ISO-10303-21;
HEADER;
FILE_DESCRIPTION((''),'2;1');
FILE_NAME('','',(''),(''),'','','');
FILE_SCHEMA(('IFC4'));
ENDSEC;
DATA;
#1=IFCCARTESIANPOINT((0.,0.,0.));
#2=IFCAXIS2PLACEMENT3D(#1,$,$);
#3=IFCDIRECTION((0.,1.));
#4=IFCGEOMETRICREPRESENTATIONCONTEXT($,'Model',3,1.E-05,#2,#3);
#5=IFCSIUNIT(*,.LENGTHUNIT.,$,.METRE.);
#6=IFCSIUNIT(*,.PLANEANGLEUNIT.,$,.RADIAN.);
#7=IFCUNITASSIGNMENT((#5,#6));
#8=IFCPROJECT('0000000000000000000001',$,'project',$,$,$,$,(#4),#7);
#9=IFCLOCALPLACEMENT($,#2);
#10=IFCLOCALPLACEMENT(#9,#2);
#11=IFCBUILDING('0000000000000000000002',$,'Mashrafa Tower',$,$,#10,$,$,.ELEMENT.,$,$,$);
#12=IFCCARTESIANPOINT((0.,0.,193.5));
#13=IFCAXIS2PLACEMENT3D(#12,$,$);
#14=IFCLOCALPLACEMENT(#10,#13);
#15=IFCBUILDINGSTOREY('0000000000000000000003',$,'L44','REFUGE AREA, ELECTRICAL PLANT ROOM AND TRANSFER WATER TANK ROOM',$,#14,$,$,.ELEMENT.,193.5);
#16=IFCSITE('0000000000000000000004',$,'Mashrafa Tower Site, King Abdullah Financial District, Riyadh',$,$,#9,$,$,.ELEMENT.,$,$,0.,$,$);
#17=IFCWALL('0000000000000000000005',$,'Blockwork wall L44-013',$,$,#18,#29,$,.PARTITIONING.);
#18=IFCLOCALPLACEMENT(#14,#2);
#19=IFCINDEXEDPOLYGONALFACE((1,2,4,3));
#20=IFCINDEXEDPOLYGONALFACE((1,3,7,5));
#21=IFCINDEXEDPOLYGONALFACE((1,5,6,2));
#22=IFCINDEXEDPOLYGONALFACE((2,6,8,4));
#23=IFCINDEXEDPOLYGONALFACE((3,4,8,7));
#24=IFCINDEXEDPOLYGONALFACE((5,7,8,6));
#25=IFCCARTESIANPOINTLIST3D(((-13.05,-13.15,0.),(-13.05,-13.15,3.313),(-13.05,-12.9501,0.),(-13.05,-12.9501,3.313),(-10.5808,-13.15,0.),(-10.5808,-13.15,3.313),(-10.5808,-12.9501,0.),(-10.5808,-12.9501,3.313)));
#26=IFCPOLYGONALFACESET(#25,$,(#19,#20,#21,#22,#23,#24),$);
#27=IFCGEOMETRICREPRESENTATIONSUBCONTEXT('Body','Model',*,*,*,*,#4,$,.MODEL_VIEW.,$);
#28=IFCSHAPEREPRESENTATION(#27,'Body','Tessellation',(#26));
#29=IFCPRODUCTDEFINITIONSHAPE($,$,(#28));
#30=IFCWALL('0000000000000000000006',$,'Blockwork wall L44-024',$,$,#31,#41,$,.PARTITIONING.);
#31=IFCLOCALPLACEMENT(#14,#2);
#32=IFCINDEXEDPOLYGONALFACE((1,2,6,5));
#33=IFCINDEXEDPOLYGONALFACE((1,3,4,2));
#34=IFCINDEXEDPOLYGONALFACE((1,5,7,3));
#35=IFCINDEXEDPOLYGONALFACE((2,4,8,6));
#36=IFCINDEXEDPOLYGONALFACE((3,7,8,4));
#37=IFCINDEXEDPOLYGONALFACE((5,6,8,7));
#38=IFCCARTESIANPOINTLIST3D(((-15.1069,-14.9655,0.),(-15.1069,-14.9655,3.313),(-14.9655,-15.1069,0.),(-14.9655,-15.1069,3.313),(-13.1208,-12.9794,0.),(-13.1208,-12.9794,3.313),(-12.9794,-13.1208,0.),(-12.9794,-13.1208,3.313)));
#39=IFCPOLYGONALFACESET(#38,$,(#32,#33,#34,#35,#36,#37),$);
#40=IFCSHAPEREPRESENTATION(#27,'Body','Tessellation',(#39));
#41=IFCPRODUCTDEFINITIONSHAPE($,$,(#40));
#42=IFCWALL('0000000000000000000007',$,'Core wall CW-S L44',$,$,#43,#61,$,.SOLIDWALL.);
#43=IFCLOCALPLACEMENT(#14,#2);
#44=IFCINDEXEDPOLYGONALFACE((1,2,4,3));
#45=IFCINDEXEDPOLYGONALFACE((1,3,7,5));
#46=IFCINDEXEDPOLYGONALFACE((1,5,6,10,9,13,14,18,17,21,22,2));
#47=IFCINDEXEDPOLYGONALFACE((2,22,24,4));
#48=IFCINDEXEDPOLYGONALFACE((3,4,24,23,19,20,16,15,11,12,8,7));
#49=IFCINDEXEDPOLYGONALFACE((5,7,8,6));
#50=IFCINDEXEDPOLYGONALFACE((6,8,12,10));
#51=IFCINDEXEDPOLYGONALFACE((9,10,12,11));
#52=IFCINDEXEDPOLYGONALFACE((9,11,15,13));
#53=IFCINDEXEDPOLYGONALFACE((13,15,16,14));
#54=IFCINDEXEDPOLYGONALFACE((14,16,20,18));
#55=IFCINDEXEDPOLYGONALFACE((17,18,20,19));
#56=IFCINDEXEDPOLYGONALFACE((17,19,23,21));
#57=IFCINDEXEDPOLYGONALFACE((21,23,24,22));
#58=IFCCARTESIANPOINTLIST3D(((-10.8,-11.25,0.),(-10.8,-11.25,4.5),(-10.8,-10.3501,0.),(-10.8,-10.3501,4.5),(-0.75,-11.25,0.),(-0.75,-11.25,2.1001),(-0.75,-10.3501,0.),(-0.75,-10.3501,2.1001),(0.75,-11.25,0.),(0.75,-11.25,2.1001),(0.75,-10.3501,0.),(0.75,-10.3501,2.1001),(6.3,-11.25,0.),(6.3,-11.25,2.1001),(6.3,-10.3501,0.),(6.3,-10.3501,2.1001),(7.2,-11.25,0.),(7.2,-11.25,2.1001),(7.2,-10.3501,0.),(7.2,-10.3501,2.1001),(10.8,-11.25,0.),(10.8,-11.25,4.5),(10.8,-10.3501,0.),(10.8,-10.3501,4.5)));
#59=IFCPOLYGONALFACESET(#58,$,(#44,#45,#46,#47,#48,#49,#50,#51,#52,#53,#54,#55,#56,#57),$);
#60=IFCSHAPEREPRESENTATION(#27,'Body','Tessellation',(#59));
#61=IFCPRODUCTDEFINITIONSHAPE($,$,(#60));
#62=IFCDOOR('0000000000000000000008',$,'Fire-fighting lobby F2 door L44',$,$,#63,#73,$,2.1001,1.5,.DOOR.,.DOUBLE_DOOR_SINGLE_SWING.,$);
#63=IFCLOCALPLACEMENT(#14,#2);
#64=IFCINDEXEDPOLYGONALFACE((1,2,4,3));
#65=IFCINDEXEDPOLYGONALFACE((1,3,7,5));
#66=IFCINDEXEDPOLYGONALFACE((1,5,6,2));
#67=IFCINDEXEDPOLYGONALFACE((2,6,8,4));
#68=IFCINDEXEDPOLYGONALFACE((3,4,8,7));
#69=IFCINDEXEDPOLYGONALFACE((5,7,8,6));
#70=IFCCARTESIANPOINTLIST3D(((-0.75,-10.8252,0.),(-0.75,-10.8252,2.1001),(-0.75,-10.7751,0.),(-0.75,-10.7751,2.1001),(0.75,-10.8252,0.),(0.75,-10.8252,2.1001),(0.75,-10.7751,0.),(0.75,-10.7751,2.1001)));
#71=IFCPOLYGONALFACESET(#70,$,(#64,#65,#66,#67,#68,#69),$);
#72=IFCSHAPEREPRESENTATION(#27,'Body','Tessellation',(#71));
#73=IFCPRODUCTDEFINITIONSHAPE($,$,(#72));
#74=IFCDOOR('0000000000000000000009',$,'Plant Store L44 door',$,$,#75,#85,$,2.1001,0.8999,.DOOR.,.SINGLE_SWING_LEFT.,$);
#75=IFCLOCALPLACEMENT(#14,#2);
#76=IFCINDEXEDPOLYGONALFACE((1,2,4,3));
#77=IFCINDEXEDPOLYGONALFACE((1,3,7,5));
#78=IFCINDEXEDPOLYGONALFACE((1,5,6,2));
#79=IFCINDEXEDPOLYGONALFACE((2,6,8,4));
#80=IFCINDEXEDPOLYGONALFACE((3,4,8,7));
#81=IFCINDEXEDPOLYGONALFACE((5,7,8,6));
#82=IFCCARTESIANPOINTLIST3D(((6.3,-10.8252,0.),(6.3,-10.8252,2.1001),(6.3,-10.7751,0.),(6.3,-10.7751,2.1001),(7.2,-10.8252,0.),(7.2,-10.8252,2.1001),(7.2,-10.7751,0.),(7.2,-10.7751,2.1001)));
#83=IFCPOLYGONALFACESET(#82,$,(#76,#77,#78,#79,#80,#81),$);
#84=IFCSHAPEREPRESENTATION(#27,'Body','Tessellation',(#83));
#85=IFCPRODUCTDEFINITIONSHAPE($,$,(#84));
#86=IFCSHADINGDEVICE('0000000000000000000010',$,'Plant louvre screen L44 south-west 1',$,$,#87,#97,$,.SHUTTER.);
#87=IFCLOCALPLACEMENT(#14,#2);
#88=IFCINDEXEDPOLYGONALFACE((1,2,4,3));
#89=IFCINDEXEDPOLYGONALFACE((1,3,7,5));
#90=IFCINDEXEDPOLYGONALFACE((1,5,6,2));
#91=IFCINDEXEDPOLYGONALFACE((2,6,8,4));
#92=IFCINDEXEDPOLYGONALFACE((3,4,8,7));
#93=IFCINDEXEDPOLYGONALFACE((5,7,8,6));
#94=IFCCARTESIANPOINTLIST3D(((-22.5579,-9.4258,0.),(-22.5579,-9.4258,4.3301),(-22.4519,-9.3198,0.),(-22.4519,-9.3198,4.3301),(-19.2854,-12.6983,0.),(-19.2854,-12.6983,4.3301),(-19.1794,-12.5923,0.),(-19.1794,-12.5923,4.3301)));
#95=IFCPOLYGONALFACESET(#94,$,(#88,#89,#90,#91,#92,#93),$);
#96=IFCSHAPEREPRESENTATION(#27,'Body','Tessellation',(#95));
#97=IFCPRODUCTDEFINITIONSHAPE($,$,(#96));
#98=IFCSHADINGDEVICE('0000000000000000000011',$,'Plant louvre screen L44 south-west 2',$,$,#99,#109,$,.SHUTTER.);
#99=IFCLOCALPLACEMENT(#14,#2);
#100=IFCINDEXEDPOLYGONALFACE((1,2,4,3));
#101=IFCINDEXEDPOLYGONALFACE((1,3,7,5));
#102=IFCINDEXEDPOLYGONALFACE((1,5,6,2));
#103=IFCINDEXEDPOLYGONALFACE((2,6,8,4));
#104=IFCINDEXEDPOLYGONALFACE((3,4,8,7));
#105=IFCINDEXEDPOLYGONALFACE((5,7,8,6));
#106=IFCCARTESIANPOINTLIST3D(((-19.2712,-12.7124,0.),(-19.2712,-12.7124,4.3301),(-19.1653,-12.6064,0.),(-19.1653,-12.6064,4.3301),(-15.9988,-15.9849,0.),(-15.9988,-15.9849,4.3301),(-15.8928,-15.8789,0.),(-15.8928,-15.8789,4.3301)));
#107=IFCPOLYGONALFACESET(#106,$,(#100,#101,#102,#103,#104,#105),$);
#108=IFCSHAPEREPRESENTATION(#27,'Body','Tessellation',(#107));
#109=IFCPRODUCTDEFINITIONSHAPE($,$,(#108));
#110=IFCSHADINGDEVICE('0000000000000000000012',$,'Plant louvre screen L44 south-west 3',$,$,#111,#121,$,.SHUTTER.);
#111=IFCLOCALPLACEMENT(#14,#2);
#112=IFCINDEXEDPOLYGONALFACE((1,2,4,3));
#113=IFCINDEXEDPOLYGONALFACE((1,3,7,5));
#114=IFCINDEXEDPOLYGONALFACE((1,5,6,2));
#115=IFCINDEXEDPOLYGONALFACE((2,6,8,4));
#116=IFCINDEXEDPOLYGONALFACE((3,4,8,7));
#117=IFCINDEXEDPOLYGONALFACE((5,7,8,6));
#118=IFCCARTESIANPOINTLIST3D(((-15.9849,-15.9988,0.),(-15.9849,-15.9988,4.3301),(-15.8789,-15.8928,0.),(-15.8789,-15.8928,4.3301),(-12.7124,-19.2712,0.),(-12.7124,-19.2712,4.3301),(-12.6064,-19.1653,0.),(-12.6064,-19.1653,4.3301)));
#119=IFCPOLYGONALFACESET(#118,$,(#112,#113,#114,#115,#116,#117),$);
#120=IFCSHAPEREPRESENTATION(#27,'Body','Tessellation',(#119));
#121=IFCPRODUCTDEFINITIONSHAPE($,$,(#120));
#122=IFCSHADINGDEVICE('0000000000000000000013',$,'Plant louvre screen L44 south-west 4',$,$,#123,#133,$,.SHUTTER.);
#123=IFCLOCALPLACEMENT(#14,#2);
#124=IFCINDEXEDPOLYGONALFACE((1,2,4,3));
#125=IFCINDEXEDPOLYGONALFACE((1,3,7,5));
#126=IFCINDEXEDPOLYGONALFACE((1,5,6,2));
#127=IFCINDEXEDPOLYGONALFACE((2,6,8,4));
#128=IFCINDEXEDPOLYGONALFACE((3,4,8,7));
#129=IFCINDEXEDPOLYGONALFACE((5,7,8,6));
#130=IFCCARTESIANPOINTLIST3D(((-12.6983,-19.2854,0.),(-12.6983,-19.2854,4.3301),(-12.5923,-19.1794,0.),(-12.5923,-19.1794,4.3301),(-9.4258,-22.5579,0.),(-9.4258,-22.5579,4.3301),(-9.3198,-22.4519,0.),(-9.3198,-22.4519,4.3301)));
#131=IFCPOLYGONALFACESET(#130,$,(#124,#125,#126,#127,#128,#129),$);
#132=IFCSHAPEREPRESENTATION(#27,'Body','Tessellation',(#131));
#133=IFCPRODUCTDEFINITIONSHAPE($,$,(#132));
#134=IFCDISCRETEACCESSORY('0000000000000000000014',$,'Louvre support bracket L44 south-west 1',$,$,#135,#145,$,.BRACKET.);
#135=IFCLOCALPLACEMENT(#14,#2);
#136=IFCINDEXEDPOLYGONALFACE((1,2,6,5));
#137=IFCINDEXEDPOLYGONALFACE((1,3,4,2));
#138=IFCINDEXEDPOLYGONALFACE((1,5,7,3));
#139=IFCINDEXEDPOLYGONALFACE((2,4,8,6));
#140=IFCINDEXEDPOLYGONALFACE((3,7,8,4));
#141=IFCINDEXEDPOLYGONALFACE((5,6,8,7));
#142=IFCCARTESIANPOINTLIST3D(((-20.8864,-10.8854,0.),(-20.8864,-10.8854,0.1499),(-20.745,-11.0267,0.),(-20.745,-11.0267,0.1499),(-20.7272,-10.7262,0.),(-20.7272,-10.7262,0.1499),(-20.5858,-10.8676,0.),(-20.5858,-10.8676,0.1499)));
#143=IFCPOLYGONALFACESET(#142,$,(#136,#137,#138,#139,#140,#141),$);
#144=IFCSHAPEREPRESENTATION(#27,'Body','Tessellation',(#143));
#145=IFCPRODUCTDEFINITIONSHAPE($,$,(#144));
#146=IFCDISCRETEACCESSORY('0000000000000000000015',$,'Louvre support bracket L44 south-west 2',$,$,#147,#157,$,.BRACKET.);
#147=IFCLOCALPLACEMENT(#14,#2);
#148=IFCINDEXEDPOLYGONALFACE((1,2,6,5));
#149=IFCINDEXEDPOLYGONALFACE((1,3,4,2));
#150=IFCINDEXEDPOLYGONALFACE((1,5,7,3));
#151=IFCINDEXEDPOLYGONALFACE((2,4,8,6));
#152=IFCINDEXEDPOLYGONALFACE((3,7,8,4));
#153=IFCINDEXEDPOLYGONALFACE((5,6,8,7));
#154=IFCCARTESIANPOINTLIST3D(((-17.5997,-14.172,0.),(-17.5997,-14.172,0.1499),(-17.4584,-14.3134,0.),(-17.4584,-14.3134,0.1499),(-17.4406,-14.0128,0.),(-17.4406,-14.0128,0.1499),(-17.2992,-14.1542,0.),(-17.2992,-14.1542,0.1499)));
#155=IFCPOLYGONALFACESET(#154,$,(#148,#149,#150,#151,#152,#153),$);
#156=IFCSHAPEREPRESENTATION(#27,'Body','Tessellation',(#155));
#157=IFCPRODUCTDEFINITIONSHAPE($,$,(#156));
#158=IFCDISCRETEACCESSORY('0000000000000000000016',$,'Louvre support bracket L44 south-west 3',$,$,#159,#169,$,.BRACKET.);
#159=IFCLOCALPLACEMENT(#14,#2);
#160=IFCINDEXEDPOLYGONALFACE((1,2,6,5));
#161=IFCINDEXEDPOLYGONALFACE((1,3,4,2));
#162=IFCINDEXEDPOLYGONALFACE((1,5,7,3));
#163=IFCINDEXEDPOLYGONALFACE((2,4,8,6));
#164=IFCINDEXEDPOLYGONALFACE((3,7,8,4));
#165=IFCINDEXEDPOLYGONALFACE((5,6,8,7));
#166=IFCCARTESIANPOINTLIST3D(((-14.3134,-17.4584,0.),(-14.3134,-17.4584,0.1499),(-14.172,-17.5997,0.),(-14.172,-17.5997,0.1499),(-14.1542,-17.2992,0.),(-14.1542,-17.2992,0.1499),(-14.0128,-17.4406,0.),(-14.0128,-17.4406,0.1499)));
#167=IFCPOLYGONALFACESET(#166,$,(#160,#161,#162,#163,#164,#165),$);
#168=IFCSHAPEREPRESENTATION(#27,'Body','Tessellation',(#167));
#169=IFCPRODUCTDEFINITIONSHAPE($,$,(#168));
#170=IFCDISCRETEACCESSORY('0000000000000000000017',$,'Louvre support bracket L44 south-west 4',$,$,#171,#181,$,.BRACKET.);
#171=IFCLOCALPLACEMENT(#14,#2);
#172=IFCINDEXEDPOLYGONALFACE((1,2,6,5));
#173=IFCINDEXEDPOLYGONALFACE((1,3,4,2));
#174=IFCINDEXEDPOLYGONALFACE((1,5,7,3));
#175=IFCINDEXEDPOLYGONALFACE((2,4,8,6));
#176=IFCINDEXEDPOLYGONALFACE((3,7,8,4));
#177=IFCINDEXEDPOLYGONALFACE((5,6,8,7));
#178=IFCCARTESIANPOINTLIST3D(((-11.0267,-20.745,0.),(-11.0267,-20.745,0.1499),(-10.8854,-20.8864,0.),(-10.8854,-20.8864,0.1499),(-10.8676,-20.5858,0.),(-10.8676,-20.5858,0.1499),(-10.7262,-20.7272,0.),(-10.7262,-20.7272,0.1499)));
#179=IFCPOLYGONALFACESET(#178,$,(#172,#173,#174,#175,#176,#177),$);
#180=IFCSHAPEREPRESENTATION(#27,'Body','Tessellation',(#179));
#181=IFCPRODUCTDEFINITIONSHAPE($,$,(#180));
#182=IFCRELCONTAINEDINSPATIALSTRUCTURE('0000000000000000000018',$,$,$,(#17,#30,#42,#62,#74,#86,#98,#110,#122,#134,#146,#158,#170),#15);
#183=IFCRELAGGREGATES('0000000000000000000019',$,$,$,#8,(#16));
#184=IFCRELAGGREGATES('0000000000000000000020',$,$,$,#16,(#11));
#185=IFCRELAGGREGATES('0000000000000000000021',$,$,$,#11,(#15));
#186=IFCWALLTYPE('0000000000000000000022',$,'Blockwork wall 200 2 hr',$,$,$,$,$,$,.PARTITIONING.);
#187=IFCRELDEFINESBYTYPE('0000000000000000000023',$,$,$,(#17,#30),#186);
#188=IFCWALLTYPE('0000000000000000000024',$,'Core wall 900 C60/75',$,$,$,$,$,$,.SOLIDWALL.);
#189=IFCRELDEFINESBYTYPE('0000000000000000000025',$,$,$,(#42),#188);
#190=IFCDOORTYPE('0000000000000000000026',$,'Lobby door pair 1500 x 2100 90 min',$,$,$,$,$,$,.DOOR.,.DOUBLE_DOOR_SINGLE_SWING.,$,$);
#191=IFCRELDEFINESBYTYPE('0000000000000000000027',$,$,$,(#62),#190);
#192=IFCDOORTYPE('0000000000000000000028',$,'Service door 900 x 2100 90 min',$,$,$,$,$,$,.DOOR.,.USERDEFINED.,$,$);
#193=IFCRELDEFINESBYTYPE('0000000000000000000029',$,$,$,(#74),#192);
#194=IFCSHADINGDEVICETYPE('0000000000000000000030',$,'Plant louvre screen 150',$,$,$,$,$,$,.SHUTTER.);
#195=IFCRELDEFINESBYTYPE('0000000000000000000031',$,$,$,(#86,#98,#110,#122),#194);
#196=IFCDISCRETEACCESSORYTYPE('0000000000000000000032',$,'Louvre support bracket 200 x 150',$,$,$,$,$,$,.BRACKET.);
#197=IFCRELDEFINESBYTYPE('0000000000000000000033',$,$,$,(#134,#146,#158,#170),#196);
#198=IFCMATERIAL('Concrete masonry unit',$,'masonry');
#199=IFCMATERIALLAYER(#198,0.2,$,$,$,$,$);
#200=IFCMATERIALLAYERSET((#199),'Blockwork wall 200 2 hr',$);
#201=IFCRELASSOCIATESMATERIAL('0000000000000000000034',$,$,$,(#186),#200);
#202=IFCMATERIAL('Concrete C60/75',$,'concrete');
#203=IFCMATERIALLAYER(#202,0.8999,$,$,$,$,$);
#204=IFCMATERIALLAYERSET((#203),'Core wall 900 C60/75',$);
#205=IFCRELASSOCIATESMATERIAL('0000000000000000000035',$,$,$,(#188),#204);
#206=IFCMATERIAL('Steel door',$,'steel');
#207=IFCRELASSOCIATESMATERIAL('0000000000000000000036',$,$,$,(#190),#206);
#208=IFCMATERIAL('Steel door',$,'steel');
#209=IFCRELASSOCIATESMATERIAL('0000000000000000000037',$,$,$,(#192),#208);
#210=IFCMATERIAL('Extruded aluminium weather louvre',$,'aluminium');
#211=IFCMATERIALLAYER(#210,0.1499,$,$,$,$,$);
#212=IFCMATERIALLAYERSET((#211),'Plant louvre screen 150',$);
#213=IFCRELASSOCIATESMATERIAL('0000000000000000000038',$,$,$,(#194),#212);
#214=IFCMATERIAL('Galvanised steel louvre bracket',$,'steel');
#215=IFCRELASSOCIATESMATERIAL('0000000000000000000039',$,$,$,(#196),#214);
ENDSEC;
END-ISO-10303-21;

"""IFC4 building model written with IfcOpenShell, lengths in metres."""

from ifc_helpers import new_model, si_unit, direction, frame, frame_2d, origin, origin_2d, place, context, subcontext, project, spatial, rectangle, extrude, source, transform, mapped, material, layer, layer_set, type_object, type_shapes, element, fill, save


model = new_model("IFC4")

# Units and contexts
model_context = context("Model", 3, precision=1e-05, world=origin(), true_north=direction((0.0, 1.0)))
body_context = subcontext(model_context, "Body", "Model", "MODEL_VIEW")
ifc_project = project(units=[si_unit("LENGTHUNIT", "METRE"), si_unit("PLANEANGLEUNIT", "RADIAN")], contexts=[model_context])

# Site, building, storey
site_placement = place(None, origin())
site = spatial("IfcSite", under=ifc_project, at=site_placement, Name="Mashrafa Tower Site, King Abdullah Financial District, Riyadh", CompositionType="ELEMENT", RefElevation=0.0)
building_placement = place(site_placement, origin())
building = spatial("IfcBuilding", under=site, at=building_placement, Name="Mashrafa Tower", CompositionType="ELEMENT")
storey_placement = place(building_placement, frame((0.0, 0.0, 193.5)))
storey = spatial("IfcBuildingStorey", under=building, at=storey_placement, Name="L44", Description="REFUGE AREA, ELECTRICAL PLANT ROOM AND TRANSFER WATER TANK ROOM", CompositionType="ELEMENT", Elevation=193.5)

# Walls
ifc_material_1 = material(Name="Concrete masonry unit", Category="masonry")
ifc_layer_1 = layer(ifc_material_1, 0.2)
ifc_layer_set_1 = layer_set([ifc_layer_1], Name="Blockwork wall 200 2 hr")
wall_type_1 = type_object("IfcWallType", Name="Blockwork wall 200 2 hr", PredefinedType="PARTITIONING", material=ifc_layer_set_1)
wall_1_placement = place(storey_placement, frame((-13.05, -13.05, 0.0), z_axis=(0.0, 0.0, 1.0), x_axis=(1.0, 0.0, 0.0)))
element("IfcWall", 1, at=wall_1_placement, inside=storey, type_object=wall_type_1, Name="Blockwork wall L44-013", PredefinedType="PARTITIONING", context=body_context, shape_type="SweptSolid", body=[
    extrude(rectangle(XDim=2.4692, YDim=0.2, at=frame_2d((1.2346, 0.0))), origin(), (0.0, 0.0, 1.0), 3.313),
])
wall_2_placement = place(storey_placement, frame((-15.0361, -15.0361, 0.0), z_axis=(0.0, 0.0, 1.0), x_axis=(0.707107, 0.707107, 0.0)))
element("IfcWall", 2, at=wall_2_placement, inside=storey, type_object=wall_type_1, Name="Blockwork wall L44-024", PredefinedType="PARTITIONING", context=body_context, shape_type="SweptSolid", body=[
    extrude(rectangle(XDim=2.8088, YDim=0.2, at=frame_2d((1.4043, 0.0))), origin(), (0.0, 0.0, 1.0), 3.313),
])

# Wall, openings, doors
ifc_material_2 = material(Name="Concrete C60/75", Category="concrete")
ifc_layer_2 = layer(ifc_material_2, 0.8999)
ifc_layer_set_2 = layer_set([ifc_layer_2], Name="Core wall 900 C60/75")
wall_type_2 = type_object("IfcWallType", Name="Core wall 900 C60/75", PredefinedType="SOLIDWALL", material=ifc_layer_set_2)
wall_3_placement = place(storey_placement, frame((-10.8, -10.8, 0.0), z_axis=(0.0, 0.0, 1.0), x_axis=(1.0, 0.0, 0.0)))
wall_3 = element("IfcWall", 3, at=wall_3_placement, inside=storey, type_object=wall_type_2, Name="Core wall CW-S L44", PredefinedType="SOLIDWALL", context=body_context, shape_type="SweptSolid", body=[
    extrude(rectangle(XDim=21.6001, YDim=0.8999, at=frame_2d((10.8, 0.0))), origin(), (0.0, 0.0, 1.0), 4.5),
])
opening_1_placement = place(wall_3_placement, frame((10.05, 0.0, 0.0)))
opening_1 = element("IfcOpeningElement", 4, at=opening_1_placement, cuts=wall_3, PredefinedType="OPENING", context=body_context, shape_type="SweptSolid", body=[
    extrude(rectangle(XDim=1.5, YDim=2.1001, at=frame_2d((0.75, 1.05))), frame((0.0, 0.46, 0.0), z_axis=(0.0, -1.0, 0.0), x_axis=(1.0, 0.0, 0.0)), (0.0, 0.0, 1.0), 0.9199),
])
opening_2_placement = place(wall_3_placement, frame((17.1001, 0.0, 0.0)))
opening_2 = element("IfcOpeningElement", 5, at=opening_2_placement, cuts=wall_3, PredefinedType="OPENING", context=body_context, shape_type="SweptSolid", body=[
    extrude(rectangle(XDim=0.8999, YDim=2.1001, at=frame_2d((0.45, 1.05))), frame((0.0, 0.46, 0.0), z_axis=(0.0, -1.0, 0.0), x_axis=(1.0, 0.0, 0.0)), (0.0, 0.0, 1.0), 0.9199),
])
ifc_material_3 = material(Name="Steel door", Category="steel")
door_type_1 = type_object("IfcDoorType", Name="Lobby door pair 1500 x 2100 90 min", OperationType="DOUBLE_DOOR_SINGLE_SWING", PredefinedType="DOOR", material=ifc_material_3)
door_1_placement = place(opening_1_placement, origin())
door_1 = element("IfcDoor", 6, at=door_1_placement, inside=storey, type_object=door_type_1, Name="Fire-fighting lobby F2 door L44", OperationType="DOUBLE_DOOR_SINGLE_SWING", OverallHeight=2.1001, OverallWidth=1.5, PredefinedType="DOOR", context=body_context, shape_type="SweptSolid", body=[
    extrude(rectangle(XDim=1.5, YDim=2.1001, at=frame_2d((0.75, 1.05))), frame((0.0, 0.0249, 0.0), z_axis=(0.0, -1.0, 0.0), x_axis=(1.0, 0.0, 0.0)), (0.0, 0.0, 1.0), 0.05),
])
fill(opening_1, door_1)
ifc_material_4 = material(Name="Steel door", Category="steel")
door_type_2 = type_object("IfcDoorType", Name="Service door 900 x 2100 90 min", OperationType="USERDEFINED", PredefinedType="DOOR", material=ifc_material_4)
door_2_placement = place(opening_2_placement, origin())
door_2 = element("IfcDoor", 7, at=door_2_placement, inside=storey, type_object=door_type_2, Name="Plant Store L44 door", OperationType="SINGLE_SWING_LEFT", OverallHeight=2.1001, OverallWidth=0.8999, PredefinedType="DOOR", context=body_context, shape_type="SweptSolid", body=[
    extrude(rectangle(XDim=0.8999, YDim=2.1001, at=frame_2d((0.45, 1.05))), frame((0.0, 0.0249, 0.0), z_axis=(0.0, -1.0, 0.0), x_axis=(1.0, 0.0, 0.0)), (0.0, 0.0, 1.0), 0.05),
])
fill(opening_2, door_2)

# Shading devices
ifc_material_5 = material(Name="Extruded aluminium weather louvre", Category="aluminium")
ifc_layer_3 = layer(ifc_material_5, 0.1499)
ifc_layer_set_3 = layer_set([ifc_layer_3], Name="Plant louvre screen 150")
shading_device_type = type_object("IfcShadingDeviceType", Name="Plant louvre screen 150", PredefinedType="SHUTTER", material=ifc_layer_set_3)
shared_shape_1 = source(origin(), body_context, "Body", "SweptSolid", [
    extrude(rectangle(XDim=4.6279, YDim=0.1499, at=origin_2d()), origin(), (0.0, 0.0, 1.0), 4.3301),
])
type_shapes(shading_device_type, [shared_shape_1])
for number, where, z_axis, x_axis, name in (
    (8, (-20.8687, -11.009, 0.0), (0.0, 0.0, 1.0), (0.707107, -0.707107, 0.0), "Plant louvre screen L44 south-west 1"),
    (9, (-17.582, -14.2957, 0.0), (0.0, 0.0, 1.0), (0.707107, -0.707107, 0.0), "Plant louvre screen L44 south-west 2"),
    (10, (-14.2957, -17.582, 0.0), (0.0, 0.0, 1.0), (0.707107, -0.707107, 0.0), "Plant louvre screen L44 south-west 3"),
    (11, (-11.009, -20.8687, 0.0), (0.0, 0.0, 1.0), (0.707107, -0.707107, 0.0), "Plant louvre screen L44 south-west 4"),
):
    element("IfcShadingDevice", number, at=place(storey_placement, frame(where, z_axis=z_axis, x_axis=x_axis)), inside=storey, type_object=shading_device_type, Name=name, PredefinedType="SHUTTER", context=body_context, shape_type="MappedRepresentation", body=[
        mapped(shared_shape_1, transform((0.0, 0.0, 0.0))),
    ])

# Discrete accessories
ifc_material_6 = material(Name="Galvanised steel louvre bracket", Category="steel")
discrete_accessory_type = type_object("IfcDiscreteAccessoryType", Name="Louvre support bracket 200 x 150", PredefinedType="BRACKET", material=ifc_material_6)
shared_shape_2 = source(origin(), body_context, "Body", "SweptSolid", [
    extrude(rectangle(XDim=0.2, YDim=0.2251, at=origin_2d()), origin(), (0.0, 0.0, 1.0), 0.1499),
])
type_shapes(discrete_accessory_type, [shared_shape_2])
for number, where, z_axis, x_axis, name in (
    (12, (-20.7361, -10.8765, 0.0), (0.0, 0.0, 1.0), (0.707107, -0.707107, 0.0), "Louvre support bracket L44 south-west 1"),
    (13, (-17.4495, -14.1631, 0.0), (0.0, 0.0, 1.0), (0.707107, -0.707107, 0.0), "Louvre support bracket L44 south-west 2"),
    (14, (-14.1631, -17.4495, 0.0), (0.0, 0.0, 1.0), (0.707107, -0.707107, 0.0), "Louvre support bracket L44 south-west 3"),
    (15, (-10.8765, -20.7361, 0.0), (0.0, 0.0, 1.0), (0.707107, -0.707107, 0.0), "Louvre support bracket L44 south-west 4"),
):
    element("IfcDiscreteAccessory", number, at=place(storey_placement, frame(where, z_axis=z_axis, x_axis=x_axis)), inside=storey, type_object=discrete_accessory_type, Name=name, PredefinedType="BRACKET", context=body_context, shape_type="MappedRepresentation", body=[
        mapped(shared_shape_2, transform((0.0, 0.0, 0.0))),
    ])

save(model, "model.ifc")
